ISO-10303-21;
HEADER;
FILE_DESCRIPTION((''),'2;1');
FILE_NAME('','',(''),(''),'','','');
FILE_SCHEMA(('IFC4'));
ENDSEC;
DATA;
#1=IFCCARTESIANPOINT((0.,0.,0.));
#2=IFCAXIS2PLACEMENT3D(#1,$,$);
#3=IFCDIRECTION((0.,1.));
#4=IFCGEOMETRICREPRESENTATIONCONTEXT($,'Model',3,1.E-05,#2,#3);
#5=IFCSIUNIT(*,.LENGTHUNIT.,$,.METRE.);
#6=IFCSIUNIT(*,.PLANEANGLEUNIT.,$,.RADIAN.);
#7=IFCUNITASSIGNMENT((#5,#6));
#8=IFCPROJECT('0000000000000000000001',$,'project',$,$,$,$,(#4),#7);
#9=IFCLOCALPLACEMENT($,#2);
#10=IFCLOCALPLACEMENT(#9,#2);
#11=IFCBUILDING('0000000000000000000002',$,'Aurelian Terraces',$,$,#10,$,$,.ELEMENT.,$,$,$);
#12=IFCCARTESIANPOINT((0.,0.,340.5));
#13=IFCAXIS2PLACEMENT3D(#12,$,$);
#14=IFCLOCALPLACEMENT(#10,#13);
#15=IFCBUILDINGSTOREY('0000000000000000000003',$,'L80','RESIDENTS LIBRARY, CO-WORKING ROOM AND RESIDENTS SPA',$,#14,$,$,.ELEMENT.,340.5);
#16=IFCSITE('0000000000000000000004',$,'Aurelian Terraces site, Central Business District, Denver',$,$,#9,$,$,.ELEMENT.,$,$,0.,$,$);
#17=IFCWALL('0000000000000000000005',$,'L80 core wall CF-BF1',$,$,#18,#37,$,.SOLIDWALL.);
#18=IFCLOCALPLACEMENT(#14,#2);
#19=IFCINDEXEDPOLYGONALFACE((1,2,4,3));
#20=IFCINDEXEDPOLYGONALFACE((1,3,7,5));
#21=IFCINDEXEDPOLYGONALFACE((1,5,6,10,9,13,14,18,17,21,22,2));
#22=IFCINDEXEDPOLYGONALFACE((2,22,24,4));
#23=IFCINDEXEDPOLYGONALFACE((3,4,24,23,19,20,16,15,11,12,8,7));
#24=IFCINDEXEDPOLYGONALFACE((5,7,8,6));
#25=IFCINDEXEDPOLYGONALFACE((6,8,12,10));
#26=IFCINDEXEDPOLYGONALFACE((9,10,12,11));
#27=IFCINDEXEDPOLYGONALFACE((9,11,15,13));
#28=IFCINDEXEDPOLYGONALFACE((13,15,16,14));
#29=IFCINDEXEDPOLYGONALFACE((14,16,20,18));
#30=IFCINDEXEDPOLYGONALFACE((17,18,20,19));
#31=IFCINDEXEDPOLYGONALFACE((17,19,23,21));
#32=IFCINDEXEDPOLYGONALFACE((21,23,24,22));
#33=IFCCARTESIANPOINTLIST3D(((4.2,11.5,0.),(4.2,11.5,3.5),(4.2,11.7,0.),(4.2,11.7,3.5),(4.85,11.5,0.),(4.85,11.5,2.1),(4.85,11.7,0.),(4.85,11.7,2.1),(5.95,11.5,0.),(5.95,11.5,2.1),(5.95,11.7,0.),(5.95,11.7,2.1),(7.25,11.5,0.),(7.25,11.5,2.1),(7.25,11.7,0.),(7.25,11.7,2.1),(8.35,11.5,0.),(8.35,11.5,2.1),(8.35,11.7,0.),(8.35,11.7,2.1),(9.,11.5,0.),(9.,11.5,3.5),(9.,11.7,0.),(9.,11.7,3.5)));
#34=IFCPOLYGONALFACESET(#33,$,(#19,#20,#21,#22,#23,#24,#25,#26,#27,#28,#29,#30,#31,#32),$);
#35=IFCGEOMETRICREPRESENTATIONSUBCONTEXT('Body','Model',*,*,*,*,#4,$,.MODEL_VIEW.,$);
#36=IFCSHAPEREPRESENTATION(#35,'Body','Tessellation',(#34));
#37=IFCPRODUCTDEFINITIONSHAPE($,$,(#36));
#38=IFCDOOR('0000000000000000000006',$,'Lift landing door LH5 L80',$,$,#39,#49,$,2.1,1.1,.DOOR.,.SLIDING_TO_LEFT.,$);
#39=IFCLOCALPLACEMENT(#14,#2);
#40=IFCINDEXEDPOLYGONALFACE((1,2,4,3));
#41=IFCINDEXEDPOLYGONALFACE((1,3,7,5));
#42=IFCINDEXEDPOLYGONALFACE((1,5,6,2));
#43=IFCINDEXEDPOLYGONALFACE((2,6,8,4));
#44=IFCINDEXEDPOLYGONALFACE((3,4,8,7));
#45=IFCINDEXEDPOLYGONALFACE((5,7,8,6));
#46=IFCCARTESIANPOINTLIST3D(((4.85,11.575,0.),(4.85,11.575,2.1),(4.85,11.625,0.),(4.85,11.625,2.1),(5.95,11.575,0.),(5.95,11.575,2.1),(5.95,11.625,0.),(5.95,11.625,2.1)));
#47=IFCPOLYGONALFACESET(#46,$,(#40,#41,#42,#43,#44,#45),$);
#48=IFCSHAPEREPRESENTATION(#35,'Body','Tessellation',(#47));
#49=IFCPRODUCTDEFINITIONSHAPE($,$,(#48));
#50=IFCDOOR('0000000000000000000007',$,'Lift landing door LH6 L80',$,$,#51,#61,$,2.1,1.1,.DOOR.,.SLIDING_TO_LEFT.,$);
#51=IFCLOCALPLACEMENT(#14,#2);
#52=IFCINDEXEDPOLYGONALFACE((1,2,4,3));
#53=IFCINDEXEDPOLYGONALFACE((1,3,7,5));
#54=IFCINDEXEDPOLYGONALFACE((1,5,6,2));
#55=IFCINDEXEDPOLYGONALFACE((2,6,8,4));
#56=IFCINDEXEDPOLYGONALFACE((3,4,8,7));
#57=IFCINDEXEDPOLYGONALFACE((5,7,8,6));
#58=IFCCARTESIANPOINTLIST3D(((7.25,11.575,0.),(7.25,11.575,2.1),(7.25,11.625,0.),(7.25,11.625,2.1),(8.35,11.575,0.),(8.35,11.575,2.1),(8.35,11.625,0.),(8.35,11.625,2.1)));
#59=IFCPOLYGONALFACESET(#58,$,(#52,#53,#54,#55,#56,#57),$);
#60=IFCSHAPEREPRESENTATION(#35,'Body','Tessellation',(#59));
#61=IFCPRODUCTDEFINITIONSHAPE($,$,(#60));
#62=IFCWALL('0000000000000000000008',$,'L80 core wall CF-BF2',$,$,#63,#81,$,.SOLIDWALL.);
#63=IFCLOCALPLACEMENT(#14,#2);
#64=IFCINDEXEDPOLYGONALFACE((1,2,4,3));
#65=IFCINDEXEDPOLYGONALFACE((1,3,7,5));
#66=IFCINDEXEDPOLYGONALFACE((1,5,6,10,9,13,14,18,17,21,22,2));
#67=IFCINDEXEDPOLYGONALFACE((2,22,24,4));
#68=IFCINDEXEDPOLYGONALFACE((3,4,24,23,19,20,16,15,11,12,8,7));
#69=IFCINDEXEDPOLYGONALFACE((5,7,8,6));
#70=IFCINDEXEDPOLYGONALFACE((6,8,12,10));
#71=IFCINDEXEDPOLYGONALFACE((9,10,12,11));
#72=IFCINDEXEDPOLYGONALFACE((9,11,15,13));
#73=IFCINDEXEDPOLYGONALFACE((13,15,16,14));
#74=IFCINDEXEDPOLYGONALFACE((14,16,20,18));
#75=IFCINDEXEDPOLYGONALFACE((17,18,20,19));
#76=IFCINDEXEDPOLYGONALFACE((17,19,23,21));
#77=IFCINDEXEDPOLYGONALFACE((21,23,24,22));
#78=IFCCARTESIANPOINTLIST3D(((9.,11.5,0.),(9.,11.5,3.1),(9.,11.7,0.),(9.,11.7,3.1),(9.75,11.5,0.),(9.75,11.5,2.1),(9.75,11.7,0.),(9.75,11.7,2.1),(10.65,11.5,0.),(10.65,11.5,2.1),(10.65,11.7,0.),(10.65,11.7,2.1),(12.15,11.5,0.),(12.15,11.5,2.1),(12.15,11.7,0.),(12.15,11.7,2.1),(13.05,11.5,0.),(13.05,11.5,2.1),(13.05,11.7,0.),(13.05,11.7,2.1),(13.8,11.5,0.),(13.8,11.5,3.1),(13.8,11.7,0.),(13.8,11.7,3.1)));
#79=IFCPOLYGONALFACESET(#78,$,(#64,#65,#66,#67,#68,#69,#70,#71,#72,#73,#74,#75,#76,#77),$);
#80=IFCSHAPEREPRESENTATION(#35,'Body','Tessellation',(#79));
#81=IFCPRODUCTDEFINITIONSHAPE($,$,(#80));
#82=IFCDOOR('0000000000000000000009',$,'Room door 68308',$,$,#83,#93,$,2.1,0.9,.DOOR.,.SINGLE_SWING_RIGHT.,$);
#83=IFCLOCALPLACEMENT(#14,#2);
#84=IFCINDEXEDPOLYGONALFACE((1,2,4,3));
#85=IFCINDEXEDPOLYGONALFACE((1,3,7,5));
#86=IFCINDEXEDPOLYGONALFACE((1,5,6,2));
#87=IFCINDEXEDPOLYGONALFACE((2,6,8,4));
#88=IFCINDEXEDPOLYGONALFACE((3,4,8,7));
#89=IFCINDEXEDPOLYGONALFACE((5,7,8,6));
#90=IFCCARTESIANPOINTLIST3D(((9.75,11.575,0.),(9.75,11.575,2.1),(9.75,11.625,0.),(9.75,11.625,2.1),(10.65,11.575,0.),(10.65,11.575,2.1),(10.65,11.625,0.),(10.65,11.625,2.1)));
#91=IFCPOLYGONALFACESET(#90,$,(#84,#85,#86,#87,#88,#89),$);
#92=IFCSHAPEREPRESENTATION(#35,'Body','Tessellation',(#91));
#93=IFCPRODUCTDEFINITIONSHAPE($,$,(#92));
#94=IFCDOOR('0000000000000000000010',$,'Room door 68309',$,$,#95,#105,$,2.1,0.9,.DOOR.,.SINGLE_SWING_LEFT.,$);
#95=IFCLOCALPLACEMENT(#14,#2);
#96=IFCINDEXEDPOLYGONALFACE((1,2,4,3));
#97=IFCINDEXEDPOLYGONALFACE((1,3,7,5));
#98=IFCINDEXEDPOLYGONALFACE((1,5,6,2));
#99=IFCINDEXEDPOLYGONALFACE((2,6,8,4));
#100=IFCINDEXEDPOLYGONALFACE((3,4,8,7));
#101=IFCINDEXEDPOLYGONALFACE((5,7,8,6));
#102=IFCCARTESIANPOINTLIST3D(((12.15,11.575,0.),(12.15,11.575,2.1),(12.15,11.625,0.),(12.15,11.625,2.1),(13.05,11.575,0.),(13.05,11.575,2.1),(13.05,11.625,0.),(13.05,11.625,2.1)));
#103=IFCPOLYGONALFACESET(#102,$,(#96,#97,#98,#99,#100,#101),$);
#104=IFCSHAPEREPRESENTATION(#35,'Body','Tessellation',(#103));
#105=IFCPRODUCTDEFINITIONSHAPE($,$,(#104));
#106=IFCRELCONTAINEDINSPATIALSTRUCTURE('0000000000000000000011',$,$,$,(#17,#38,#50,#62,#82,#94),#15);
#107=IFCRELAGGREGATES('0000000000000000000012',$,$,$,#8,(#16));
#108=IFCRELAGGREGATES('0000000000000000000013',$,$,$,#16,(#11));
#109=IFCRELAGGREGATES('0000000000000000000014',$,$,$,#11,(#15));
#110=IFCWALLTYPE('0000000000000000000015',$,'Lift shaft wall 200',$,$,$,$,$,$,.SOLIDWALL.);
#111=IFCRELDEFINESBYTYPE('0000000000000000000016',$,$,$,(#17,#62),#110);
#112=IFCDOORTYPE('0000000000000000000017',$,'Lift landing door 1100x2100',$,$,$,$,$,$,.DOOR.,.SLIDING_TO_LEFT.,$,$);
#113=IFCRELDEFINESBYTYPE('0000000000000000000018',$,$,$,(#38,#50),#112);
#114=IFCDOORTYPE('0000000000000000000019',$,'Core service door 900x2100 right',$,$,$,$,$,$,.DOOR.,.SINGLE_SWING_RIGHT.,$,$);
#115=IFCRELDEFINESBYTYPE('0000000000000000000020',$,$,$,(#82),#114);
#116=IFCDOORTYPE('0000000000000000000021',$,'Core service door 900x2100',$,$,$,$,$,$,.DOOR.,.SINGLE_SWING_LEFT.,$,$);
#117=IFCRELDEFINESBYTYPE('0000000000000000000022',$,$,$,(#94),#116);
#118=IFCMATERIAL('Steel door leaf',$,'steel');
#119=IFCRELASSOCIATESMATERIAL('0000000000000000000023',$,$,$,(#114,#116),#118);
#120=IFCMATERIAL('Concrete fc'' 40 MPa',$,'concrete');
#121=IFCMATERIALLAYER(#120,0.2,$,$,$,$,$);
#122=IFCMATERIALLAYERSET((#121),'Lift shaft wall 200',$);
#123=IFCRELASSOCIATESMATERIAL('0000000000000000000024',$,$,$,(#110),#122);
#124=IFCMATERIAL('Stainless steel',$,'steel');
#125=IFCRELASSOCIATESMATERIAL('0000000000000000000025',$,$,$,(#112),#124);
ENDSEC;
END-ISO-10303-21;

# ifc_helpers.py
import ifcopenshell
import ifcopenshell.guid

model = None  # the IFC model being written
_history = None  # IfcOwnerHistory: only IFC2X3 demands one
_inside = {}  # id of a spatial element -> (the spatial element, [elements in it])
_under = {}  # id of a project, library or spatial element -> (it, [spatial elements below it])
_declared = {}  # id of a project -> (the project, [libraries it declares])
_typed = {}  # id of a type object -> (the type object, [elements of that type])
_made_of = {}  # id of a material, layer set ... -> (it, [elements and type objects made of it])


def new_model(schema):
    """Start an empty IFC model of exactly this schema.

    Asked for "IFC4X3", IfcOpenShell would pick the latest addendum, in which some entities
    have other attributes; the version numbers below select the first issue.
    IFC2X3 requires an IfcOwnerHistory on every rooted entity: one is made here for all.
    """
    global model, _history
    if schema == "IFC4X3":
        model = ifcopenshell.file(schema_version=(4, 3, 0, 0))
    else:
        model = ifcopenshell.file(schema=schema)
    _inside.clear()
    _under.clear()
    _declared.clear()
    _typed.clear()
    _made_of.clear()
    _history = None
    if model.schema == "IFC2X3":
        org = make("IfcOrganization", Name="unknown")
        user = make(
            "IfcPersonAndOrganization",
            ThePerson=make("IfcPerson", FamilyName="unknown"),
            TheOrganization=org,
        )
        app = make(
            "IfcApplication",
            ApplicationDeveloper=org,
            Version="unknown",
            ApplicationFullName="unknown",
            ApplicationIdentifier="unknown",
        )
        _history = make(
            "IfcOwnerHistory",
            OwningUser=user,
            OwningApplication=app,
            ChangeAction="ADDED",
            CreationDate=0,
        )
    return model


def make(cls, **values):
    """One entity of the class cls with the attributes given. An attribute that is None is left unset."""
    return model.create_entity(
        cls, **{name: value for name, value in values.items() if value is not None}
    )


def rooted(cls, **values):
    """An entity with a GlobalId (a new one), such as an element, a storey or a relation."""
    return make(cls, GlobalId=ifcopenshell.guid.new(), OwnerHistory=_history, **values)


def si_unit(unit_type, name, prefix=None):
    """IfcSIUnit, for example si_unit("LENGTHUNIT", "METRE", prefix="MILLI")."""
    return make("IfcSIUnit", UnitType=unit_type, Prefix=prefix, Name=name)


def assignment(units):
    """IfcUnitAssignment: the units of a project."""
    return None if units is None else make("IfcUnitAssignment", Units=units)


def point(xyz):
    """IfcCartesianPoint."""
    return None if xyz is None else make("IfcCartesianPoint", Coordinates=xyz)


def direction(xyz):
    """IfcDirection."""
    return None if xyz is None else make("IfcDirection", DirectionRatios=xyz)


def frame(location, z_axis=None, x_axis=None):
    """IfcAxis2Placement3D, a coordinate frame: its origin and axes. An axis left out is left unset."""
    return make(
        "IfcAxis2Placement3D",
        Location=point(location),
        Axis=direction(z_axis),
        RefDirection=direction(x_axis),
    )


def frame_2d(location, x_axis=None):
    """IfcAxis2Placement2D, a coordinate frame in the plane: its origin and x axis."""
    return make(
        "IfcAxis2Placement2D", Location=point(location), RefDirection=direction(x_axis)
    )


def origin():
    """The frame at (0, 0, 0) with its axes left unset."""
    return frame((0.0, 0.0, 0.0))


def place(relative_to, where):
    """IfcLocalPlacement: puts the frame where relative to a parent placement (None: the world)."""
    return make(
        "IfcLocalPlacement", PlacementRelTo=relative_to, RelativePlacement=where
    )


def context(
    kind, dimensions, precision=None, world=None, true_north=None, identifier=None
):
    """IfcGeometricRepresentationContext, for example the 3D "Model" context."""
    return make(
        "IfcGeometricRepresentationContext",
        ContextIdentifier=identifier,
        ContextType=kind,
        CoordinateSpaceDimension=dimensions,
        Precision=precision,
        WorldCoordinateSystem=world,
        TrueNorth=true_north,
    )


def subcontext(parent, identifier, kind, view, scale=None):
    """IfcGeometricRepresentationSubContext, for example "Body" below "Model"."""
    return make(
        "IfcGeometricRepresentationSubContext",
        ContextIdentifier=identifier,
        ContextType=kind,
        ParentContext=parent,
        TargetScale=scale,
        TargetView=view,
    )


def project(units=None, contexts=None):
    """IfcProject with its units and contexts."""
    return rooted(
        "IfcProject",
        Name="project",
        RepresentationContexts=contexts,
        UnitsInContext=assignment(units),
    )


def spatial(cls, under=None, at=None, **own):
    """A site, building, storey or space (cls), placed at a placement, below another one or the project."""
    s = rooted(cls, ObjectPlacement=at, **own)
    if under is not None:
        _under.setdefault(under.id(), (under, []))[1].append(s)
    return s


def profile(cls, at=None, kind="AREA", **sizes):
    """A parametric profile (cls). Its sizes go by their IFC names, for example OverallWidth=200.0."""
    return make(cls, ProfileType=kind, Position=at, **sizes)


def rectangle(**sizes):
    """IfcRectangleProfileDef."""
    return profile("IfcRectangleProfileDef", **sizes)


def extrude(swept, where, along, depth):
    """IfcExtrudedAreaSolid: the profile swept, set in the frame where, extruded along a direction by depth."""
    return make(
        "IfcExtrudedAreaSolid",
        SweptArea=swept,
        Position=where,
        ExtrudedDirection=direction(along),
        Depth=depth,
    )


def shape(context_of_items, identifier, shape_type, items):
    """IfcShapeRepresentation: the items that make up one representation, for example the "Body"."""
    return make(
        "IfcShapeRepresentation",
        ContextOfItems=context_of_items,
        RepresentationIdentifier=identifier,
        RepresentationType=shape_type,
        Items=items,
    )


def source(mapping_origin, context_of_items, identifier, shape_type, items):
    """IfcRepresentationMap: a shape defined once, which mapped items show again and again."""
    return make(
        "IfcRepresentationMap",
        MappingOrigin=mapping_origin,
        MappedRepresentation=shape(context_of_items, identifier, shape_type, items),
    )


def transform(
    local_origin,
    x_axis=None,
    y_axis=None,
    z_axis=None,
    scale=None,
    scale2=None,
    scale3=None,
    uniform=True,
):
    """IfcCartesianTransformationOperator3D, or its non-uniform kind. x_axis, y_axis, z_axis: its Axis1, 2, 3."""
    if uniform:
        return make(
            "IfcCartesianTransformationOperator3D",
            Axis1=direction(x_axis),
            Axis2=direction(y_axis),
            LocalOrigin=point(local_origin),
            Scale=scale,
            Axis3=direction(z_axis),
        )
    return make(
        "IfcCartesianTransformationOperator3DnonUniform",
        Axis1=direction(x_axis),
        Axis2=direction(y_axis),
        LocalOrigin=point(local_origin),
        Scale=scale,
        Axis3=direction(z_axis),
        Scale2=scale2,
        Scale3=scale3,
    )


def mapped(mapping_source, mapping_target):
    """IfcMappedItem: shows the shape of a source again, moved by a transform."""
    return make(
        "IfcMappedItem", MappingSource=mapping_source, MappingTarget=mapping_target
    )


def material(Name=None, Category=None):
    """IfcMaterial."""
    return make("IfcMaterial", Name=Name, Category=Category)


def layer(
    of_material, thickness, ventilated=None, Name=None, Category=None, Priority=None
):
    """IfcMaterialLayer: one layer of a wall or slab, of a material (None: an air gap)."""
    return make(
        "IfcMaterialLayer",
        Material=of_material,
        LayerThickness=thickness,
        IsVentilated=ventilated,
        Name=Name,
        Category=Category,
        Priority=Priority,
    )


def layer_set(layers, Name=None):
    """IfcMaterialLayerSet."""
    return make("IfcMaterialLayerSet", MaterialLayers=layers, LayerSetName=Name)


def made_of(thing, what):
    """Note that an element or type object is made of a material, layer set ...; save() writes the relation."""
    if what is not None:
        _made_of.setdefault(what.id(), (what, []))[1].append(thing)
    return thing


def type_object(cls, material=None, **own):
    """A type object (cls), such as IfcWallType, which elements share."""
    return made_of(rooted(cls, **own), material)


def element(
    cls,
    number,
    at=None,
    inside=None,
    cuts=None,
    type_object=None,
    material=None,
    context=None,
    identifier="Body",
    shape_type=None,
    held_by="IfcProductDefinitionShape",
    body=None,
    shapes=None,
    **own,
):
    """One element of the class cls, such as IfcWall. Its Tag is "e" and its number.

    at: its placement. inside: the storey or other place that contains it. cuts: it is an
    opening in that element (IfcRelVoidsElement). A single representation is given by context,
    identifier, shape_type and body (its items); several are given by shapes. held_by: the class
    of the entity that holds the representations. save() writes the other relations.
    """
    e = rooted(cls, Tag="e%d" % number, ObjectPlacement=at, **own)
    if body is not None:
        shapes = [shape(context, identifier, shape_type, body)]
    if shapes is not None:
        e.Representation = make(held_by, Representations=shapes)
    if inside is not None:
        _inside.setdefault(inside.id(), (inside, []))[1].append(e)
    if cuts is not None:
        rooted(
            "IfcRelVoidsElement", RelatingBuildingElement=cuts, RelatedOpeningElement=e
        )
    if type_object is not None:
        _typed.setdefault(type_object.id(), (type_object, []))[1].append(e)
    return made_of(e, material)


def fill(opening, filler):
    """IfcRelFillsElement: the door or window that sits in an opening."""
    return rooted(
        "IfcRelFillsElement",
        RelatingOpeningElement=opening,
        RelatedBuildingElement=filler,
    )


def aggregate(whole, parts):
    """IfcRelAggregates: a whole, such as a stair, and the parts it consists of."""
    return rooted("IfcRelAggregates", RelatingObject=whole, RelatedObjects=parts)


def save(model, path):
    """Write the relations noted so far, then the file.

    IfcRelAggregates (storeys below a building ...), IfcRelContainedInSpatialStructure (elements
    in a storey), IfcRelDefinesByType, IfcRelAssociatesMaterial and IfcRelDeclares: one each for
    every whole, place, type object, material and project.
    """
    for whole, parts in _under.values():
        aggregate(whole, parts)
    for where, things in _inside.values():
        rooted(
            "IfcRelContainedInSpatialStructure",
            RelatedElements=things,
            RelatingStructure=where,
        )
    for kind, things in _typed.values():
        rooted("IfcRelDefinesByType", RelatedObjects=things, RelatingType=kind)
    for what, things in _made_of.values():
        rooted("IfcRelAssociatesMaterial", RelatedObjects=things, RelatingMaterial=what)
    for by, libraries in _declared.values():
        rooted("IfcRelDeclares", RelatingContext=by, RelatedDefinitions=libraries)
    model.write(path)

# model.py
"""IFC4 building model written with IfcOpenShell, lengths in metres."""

from ifc_helpers import new_model, si_unit, direction, frame, frame_2d, origin, place, context, subcontext, project, spatial, rectangle, extrude, source, transform, mapped, material, layer, layer_set, type_object, element, fill, save


model = new_model("IFC4")

# Units and contexts
model_context = context("Model", 3, precision=1e-05, world=origin(), true_north=direction((0.0, 1.0)))
body_context = subcontext(model_context, "Body", "Model", "MODEL_VIEW")
ifc_project = project(units=[si_unit("LENGTHUNIT", "METRE"), si_unit("PLANEANGLEUNIT", "RADIAN")], contexts=[model_context])

# Site, building, storey
site_placement = place(None, origin())
site = spatial("IfcSite", under=ifc_project, at=site_placement, Name="Aurelian Terraces site, Central Business District, Denver", CompositionType="ELEMENT", RefElevation=0.0)
building_placement = place(site_placement, origin())
building = spatial("IfcBuilding", under=site, at=building_placement, Name="Aurelian Terraces", CompositionType="ELEMENT")
storey_placement = place(building_placement, frame((0.0, 0.0, 340.5)))
storey = spatial("IfcBuildingStorey", under=building, at=storey_placement, Name="L80", Description="RESIDENTS LIBRARY, CO-WORKING ROOM AND RESIDENTS SPA", CompositionType="ELEMENT", Elevation=340.5)

# Shared definitions
ifc_material_1 = material(Name="Steel door leaf", Category="steel")
door_type_1 = type_object("IfcDoorType", Name="Core service door 900x2100 right", OperationType="SINGLE_SWING_RIGHT", PredefinedType="DOOR", material=ifc_material_1)
shared_shape_1 = source(origin(), body_context, "Body", "SweptSolid", [
    extrude(rectangle(XDim=0.9, YDim=2.1, at=frame_2d((0.45, 1.05))), frame((0.0, 0.025, 0.0), z_axis=(0.0, -1.0, 0.0), x_axis=(1.0, 0.0, 0.0)), (0.0, 0.0, 1.0), 0.05),
])

# Shared definitions
ifc_material_2 = material(Name="Concrete fc' 40 MPa", Category="concrete")
ifc_layer_1 = layer(ifc_material_2, 0.2)
ifc_layer_set_1 = layer_set([ifc_layer_1], Name="Lift shaft wall 200")
wall_type_1 = type_object("IfcWallType", Name="Lift shaft wall 200", PredefinedType="SOLIDWALL", material=ifc_layer_set_1)

# Walls, openings, doors
shared_shape_2 = source(origin(), body_context, "Body", "SweptSolid", [
    extrude(rectangle(XDim=4.8, YDim=0.2, at=frame_2d((2.4, 0.0))), origin(), (0.0, 0.0, 1.0), 3.5),
])
wall_1_placement = place(storey_placement, frame((4.2, 11.6, 0.0), z_axis=(0.0, 0.0, 1.0), x_axis=(1.0, 0.0, 0.0)))
wall_1 = element("IfcWall", 1, at=wall_1_placement, inside=storey, type_object=wall_type_1, Name="L80 core wall CF-BF1", PredefinedType="SOLIDWALL", context=body_context, shape_type="MappedRepresentation", body=[
    mapped(shared_shape_2, transform((0.0, 0.0, 0.0), scale=1.0)),
])
shared_shape_3 = source(origin(), body_context, "Body", "SweptSolid", [
    extrude(rectangle(XDim=1.1, YDim=2.1, at=frame_2d((0.55, 1.05))), frame((0.0, 0.11, 0.0), z_axis=(0.0, -1.0, 0.0), x_axis=(1.0, 0.0, 0.0)), (0.0, 0.0, 1.0), 0.22),
])
opening_1_placement = place(wall_1_placement, frame((0.65, 0.0, 0.0)))
opening_1 = element("IfcOpeningElement", 2, at=opening_1_placement, cuts=wall_1, PredefinedType="OPENING", context=body_context, shape_type="MappedRepresentation", body=[
    mapped(shared_shape_3, transform((0.0, 0.0, 0.0), scale=1.0)),
])
opening_2_placement = place(wall_1_placement, frame((3.05, 0.0, 0.0)))
opening_2 = element("IfcOpeningElement", 3, at=opening_2_placement, cuts=wall_1, PredefinedType="OPENING", context=body_context, shape_type="MappedRepresentation", body=[
    mapped(shared_shape_3, transform((0.0, 0.0, 0.0), scale=1.0)),
])
ifc_material_3 = material(Name="Stainless steel", Category="steel")
door_type_2 = type_object("IfcDoorType", Name="Lift landing door 1100x2100", OperationType="SLIDING_TO_LEFT", PredefinedType="DOOR", material=ifc_material_3)
shared_shape_4 = source(origin(), body_context, "Body", "SweptSolid", [
    extrude(rectangle(XDim=1.1, YDim=2.1, at=frame_2d((0.55, 1.05))), frame((0.0, 0.025, 0.0), z_axis=(0.0, -1.0, 0.0), x_axis=(1.0, 0.0, 0.0)), (0.0, 0.0, 1.0), 0.05),
])
door_1_placement = place(opening_1_placement, origin())
door_1 = element("IfcDoor", 4, at=door_1_placement, inside=storey, type_object=door_type_2, Name="Lift landing door LH5 L80", OperationType="SLIDING_TO_LEFT", OverallHeight=2.1, OverallWidth=1.1, PredefinedType="DOOR", context=body_context, shape_type="MappedRepresentation", body=[
    mapped(shared_shape_4, transform((0.0, 0.0, 0.0), scale=1.0)),
])
fill(opening_1, door_1)
door_2_placement = place(opening_2_placement, origin())
door_2 = element("IfcDoor", 5, at=door_2_placement, inside=storey, type_object=door_type_2, Name="Lift landing door LH6 L80", OperationType="SLIDING_TO_LEFT", OverallHeight=2.1, OverallWidth=1.1, PredefinedType="DOOR", context=body_context, shape_type="MappedRepresentation", body=[
    mapped(shared_shape_4, transform((0.0, 0.0, 0.0), scale=1.0)),
])
fill(opening_2, door_2)
shared_shape_5 = source(origin(), body_context, "Body", "SweptSolid", [
    extrude(rectangle(XDim=4.8, YDim=0.2, at=frame_2d((2.4, 0.0))), origin(), (0.0, 0.0, 1.0), 3.1),
])
wall_2_placement = place(storey_placement, frame((9.0, 11.6, 0.0), z_axis=(0.0, 0.0, 1.0), x_axis=(1.0, 0.0, 0.0)))
wall_2 = element("IfcWall", 6, at=wall_2_placement, inside=storey, type_object=wall_type_1, Name="L80 core wall CF-BF2", PredefinedType="SOLIDWALL", context=body_context, shape_type="MappedRepresentation", body=[
    mapped(shared_shape_5, transform((0.0, 0.0, 0.0), scale=1.0)),
])
shared_shape_6 = source(origin(), body_context, "Body", "SweptSolid", [
    extrude(rectangle(XDim=0.9, YDim=2.1, at=frame_2d((0.45, 1.05))), frame((0.0, 0.11, 0.0), z_axis=(0.0, -1.0, 0.0), x_axis=(1.0, 0.0, 0.0)), (0.0, 0.0, 1.0), 0.22),
])
opening_3_placement = place(wall_2_placement, frame((0.75, 0.0, 0.0)))
opening_3 = element("IfcOpeningElement", 7, at=opening_3_placement, cuts=wall_2, PredefinedType="OPENING", context=body_context, shape_type="MappedRepresentation", body=[
    mapped(shared_shape_6, transform((0.0, 0.0, 0.0), scale=1.0)),
])
opening_4_placement = place(wall_2_placement, frame((3.15, 0.0, 0.0)))
opening_4 = element("IfcOpeningElement", 8, at=opening_4_placement, cuts=wall_2, PredefinedType="OPENING", context=body_context, shape_type="MappedRepresentation", body=[
    mapped(shared_shape_6, transform((0.0, 0.0, 0.0), scale=1.0)),
])
door_3_placement = place(opening_3_placement, origin())
door_3 = element("IfcDoor", 9, at=door_3_placement, inside=storey, type_object=door_type_1, Name="Room door 68308", OperationType="SINGLE_SWING_RIGHT", OverallHeight=2.1, OverallWidth=0.9, PredefinedType="DOOR", context=body_context, shape_type="MappedRepresentation", body=[
    mapped(shared_shape_1, transform((0.0, 0.0, 0.0), scale=1.0)),
])
fill(opening_3, door_3)
door_type_3 = type_object("IfcDoorType", Name="Core service door 900x2100", OperationType="SINGLE_SWING_LEFT", PredefinedType="DOOR", material=ifc_material_1)
door_4_placement = place(opening_4_placement, origin())
door_4 = element("IfcDoor", 10, at=door_4_placement, inside=storey, type_object=door_type_3, Name="Room door 68309", OperationType="SINGLE_SWING_LEFT", OverallHeight=2.1, OverallWidth=0.9, PredefinedType="DOOR", context=body_context, shape_type="MappedRepresentation", body=[
    mapped(shared_shape_1, transform((0.0, 0.0, 0.0), scale=1.0)),
])
fill(opening_4, door_4)

save(model, "model.ifc")
